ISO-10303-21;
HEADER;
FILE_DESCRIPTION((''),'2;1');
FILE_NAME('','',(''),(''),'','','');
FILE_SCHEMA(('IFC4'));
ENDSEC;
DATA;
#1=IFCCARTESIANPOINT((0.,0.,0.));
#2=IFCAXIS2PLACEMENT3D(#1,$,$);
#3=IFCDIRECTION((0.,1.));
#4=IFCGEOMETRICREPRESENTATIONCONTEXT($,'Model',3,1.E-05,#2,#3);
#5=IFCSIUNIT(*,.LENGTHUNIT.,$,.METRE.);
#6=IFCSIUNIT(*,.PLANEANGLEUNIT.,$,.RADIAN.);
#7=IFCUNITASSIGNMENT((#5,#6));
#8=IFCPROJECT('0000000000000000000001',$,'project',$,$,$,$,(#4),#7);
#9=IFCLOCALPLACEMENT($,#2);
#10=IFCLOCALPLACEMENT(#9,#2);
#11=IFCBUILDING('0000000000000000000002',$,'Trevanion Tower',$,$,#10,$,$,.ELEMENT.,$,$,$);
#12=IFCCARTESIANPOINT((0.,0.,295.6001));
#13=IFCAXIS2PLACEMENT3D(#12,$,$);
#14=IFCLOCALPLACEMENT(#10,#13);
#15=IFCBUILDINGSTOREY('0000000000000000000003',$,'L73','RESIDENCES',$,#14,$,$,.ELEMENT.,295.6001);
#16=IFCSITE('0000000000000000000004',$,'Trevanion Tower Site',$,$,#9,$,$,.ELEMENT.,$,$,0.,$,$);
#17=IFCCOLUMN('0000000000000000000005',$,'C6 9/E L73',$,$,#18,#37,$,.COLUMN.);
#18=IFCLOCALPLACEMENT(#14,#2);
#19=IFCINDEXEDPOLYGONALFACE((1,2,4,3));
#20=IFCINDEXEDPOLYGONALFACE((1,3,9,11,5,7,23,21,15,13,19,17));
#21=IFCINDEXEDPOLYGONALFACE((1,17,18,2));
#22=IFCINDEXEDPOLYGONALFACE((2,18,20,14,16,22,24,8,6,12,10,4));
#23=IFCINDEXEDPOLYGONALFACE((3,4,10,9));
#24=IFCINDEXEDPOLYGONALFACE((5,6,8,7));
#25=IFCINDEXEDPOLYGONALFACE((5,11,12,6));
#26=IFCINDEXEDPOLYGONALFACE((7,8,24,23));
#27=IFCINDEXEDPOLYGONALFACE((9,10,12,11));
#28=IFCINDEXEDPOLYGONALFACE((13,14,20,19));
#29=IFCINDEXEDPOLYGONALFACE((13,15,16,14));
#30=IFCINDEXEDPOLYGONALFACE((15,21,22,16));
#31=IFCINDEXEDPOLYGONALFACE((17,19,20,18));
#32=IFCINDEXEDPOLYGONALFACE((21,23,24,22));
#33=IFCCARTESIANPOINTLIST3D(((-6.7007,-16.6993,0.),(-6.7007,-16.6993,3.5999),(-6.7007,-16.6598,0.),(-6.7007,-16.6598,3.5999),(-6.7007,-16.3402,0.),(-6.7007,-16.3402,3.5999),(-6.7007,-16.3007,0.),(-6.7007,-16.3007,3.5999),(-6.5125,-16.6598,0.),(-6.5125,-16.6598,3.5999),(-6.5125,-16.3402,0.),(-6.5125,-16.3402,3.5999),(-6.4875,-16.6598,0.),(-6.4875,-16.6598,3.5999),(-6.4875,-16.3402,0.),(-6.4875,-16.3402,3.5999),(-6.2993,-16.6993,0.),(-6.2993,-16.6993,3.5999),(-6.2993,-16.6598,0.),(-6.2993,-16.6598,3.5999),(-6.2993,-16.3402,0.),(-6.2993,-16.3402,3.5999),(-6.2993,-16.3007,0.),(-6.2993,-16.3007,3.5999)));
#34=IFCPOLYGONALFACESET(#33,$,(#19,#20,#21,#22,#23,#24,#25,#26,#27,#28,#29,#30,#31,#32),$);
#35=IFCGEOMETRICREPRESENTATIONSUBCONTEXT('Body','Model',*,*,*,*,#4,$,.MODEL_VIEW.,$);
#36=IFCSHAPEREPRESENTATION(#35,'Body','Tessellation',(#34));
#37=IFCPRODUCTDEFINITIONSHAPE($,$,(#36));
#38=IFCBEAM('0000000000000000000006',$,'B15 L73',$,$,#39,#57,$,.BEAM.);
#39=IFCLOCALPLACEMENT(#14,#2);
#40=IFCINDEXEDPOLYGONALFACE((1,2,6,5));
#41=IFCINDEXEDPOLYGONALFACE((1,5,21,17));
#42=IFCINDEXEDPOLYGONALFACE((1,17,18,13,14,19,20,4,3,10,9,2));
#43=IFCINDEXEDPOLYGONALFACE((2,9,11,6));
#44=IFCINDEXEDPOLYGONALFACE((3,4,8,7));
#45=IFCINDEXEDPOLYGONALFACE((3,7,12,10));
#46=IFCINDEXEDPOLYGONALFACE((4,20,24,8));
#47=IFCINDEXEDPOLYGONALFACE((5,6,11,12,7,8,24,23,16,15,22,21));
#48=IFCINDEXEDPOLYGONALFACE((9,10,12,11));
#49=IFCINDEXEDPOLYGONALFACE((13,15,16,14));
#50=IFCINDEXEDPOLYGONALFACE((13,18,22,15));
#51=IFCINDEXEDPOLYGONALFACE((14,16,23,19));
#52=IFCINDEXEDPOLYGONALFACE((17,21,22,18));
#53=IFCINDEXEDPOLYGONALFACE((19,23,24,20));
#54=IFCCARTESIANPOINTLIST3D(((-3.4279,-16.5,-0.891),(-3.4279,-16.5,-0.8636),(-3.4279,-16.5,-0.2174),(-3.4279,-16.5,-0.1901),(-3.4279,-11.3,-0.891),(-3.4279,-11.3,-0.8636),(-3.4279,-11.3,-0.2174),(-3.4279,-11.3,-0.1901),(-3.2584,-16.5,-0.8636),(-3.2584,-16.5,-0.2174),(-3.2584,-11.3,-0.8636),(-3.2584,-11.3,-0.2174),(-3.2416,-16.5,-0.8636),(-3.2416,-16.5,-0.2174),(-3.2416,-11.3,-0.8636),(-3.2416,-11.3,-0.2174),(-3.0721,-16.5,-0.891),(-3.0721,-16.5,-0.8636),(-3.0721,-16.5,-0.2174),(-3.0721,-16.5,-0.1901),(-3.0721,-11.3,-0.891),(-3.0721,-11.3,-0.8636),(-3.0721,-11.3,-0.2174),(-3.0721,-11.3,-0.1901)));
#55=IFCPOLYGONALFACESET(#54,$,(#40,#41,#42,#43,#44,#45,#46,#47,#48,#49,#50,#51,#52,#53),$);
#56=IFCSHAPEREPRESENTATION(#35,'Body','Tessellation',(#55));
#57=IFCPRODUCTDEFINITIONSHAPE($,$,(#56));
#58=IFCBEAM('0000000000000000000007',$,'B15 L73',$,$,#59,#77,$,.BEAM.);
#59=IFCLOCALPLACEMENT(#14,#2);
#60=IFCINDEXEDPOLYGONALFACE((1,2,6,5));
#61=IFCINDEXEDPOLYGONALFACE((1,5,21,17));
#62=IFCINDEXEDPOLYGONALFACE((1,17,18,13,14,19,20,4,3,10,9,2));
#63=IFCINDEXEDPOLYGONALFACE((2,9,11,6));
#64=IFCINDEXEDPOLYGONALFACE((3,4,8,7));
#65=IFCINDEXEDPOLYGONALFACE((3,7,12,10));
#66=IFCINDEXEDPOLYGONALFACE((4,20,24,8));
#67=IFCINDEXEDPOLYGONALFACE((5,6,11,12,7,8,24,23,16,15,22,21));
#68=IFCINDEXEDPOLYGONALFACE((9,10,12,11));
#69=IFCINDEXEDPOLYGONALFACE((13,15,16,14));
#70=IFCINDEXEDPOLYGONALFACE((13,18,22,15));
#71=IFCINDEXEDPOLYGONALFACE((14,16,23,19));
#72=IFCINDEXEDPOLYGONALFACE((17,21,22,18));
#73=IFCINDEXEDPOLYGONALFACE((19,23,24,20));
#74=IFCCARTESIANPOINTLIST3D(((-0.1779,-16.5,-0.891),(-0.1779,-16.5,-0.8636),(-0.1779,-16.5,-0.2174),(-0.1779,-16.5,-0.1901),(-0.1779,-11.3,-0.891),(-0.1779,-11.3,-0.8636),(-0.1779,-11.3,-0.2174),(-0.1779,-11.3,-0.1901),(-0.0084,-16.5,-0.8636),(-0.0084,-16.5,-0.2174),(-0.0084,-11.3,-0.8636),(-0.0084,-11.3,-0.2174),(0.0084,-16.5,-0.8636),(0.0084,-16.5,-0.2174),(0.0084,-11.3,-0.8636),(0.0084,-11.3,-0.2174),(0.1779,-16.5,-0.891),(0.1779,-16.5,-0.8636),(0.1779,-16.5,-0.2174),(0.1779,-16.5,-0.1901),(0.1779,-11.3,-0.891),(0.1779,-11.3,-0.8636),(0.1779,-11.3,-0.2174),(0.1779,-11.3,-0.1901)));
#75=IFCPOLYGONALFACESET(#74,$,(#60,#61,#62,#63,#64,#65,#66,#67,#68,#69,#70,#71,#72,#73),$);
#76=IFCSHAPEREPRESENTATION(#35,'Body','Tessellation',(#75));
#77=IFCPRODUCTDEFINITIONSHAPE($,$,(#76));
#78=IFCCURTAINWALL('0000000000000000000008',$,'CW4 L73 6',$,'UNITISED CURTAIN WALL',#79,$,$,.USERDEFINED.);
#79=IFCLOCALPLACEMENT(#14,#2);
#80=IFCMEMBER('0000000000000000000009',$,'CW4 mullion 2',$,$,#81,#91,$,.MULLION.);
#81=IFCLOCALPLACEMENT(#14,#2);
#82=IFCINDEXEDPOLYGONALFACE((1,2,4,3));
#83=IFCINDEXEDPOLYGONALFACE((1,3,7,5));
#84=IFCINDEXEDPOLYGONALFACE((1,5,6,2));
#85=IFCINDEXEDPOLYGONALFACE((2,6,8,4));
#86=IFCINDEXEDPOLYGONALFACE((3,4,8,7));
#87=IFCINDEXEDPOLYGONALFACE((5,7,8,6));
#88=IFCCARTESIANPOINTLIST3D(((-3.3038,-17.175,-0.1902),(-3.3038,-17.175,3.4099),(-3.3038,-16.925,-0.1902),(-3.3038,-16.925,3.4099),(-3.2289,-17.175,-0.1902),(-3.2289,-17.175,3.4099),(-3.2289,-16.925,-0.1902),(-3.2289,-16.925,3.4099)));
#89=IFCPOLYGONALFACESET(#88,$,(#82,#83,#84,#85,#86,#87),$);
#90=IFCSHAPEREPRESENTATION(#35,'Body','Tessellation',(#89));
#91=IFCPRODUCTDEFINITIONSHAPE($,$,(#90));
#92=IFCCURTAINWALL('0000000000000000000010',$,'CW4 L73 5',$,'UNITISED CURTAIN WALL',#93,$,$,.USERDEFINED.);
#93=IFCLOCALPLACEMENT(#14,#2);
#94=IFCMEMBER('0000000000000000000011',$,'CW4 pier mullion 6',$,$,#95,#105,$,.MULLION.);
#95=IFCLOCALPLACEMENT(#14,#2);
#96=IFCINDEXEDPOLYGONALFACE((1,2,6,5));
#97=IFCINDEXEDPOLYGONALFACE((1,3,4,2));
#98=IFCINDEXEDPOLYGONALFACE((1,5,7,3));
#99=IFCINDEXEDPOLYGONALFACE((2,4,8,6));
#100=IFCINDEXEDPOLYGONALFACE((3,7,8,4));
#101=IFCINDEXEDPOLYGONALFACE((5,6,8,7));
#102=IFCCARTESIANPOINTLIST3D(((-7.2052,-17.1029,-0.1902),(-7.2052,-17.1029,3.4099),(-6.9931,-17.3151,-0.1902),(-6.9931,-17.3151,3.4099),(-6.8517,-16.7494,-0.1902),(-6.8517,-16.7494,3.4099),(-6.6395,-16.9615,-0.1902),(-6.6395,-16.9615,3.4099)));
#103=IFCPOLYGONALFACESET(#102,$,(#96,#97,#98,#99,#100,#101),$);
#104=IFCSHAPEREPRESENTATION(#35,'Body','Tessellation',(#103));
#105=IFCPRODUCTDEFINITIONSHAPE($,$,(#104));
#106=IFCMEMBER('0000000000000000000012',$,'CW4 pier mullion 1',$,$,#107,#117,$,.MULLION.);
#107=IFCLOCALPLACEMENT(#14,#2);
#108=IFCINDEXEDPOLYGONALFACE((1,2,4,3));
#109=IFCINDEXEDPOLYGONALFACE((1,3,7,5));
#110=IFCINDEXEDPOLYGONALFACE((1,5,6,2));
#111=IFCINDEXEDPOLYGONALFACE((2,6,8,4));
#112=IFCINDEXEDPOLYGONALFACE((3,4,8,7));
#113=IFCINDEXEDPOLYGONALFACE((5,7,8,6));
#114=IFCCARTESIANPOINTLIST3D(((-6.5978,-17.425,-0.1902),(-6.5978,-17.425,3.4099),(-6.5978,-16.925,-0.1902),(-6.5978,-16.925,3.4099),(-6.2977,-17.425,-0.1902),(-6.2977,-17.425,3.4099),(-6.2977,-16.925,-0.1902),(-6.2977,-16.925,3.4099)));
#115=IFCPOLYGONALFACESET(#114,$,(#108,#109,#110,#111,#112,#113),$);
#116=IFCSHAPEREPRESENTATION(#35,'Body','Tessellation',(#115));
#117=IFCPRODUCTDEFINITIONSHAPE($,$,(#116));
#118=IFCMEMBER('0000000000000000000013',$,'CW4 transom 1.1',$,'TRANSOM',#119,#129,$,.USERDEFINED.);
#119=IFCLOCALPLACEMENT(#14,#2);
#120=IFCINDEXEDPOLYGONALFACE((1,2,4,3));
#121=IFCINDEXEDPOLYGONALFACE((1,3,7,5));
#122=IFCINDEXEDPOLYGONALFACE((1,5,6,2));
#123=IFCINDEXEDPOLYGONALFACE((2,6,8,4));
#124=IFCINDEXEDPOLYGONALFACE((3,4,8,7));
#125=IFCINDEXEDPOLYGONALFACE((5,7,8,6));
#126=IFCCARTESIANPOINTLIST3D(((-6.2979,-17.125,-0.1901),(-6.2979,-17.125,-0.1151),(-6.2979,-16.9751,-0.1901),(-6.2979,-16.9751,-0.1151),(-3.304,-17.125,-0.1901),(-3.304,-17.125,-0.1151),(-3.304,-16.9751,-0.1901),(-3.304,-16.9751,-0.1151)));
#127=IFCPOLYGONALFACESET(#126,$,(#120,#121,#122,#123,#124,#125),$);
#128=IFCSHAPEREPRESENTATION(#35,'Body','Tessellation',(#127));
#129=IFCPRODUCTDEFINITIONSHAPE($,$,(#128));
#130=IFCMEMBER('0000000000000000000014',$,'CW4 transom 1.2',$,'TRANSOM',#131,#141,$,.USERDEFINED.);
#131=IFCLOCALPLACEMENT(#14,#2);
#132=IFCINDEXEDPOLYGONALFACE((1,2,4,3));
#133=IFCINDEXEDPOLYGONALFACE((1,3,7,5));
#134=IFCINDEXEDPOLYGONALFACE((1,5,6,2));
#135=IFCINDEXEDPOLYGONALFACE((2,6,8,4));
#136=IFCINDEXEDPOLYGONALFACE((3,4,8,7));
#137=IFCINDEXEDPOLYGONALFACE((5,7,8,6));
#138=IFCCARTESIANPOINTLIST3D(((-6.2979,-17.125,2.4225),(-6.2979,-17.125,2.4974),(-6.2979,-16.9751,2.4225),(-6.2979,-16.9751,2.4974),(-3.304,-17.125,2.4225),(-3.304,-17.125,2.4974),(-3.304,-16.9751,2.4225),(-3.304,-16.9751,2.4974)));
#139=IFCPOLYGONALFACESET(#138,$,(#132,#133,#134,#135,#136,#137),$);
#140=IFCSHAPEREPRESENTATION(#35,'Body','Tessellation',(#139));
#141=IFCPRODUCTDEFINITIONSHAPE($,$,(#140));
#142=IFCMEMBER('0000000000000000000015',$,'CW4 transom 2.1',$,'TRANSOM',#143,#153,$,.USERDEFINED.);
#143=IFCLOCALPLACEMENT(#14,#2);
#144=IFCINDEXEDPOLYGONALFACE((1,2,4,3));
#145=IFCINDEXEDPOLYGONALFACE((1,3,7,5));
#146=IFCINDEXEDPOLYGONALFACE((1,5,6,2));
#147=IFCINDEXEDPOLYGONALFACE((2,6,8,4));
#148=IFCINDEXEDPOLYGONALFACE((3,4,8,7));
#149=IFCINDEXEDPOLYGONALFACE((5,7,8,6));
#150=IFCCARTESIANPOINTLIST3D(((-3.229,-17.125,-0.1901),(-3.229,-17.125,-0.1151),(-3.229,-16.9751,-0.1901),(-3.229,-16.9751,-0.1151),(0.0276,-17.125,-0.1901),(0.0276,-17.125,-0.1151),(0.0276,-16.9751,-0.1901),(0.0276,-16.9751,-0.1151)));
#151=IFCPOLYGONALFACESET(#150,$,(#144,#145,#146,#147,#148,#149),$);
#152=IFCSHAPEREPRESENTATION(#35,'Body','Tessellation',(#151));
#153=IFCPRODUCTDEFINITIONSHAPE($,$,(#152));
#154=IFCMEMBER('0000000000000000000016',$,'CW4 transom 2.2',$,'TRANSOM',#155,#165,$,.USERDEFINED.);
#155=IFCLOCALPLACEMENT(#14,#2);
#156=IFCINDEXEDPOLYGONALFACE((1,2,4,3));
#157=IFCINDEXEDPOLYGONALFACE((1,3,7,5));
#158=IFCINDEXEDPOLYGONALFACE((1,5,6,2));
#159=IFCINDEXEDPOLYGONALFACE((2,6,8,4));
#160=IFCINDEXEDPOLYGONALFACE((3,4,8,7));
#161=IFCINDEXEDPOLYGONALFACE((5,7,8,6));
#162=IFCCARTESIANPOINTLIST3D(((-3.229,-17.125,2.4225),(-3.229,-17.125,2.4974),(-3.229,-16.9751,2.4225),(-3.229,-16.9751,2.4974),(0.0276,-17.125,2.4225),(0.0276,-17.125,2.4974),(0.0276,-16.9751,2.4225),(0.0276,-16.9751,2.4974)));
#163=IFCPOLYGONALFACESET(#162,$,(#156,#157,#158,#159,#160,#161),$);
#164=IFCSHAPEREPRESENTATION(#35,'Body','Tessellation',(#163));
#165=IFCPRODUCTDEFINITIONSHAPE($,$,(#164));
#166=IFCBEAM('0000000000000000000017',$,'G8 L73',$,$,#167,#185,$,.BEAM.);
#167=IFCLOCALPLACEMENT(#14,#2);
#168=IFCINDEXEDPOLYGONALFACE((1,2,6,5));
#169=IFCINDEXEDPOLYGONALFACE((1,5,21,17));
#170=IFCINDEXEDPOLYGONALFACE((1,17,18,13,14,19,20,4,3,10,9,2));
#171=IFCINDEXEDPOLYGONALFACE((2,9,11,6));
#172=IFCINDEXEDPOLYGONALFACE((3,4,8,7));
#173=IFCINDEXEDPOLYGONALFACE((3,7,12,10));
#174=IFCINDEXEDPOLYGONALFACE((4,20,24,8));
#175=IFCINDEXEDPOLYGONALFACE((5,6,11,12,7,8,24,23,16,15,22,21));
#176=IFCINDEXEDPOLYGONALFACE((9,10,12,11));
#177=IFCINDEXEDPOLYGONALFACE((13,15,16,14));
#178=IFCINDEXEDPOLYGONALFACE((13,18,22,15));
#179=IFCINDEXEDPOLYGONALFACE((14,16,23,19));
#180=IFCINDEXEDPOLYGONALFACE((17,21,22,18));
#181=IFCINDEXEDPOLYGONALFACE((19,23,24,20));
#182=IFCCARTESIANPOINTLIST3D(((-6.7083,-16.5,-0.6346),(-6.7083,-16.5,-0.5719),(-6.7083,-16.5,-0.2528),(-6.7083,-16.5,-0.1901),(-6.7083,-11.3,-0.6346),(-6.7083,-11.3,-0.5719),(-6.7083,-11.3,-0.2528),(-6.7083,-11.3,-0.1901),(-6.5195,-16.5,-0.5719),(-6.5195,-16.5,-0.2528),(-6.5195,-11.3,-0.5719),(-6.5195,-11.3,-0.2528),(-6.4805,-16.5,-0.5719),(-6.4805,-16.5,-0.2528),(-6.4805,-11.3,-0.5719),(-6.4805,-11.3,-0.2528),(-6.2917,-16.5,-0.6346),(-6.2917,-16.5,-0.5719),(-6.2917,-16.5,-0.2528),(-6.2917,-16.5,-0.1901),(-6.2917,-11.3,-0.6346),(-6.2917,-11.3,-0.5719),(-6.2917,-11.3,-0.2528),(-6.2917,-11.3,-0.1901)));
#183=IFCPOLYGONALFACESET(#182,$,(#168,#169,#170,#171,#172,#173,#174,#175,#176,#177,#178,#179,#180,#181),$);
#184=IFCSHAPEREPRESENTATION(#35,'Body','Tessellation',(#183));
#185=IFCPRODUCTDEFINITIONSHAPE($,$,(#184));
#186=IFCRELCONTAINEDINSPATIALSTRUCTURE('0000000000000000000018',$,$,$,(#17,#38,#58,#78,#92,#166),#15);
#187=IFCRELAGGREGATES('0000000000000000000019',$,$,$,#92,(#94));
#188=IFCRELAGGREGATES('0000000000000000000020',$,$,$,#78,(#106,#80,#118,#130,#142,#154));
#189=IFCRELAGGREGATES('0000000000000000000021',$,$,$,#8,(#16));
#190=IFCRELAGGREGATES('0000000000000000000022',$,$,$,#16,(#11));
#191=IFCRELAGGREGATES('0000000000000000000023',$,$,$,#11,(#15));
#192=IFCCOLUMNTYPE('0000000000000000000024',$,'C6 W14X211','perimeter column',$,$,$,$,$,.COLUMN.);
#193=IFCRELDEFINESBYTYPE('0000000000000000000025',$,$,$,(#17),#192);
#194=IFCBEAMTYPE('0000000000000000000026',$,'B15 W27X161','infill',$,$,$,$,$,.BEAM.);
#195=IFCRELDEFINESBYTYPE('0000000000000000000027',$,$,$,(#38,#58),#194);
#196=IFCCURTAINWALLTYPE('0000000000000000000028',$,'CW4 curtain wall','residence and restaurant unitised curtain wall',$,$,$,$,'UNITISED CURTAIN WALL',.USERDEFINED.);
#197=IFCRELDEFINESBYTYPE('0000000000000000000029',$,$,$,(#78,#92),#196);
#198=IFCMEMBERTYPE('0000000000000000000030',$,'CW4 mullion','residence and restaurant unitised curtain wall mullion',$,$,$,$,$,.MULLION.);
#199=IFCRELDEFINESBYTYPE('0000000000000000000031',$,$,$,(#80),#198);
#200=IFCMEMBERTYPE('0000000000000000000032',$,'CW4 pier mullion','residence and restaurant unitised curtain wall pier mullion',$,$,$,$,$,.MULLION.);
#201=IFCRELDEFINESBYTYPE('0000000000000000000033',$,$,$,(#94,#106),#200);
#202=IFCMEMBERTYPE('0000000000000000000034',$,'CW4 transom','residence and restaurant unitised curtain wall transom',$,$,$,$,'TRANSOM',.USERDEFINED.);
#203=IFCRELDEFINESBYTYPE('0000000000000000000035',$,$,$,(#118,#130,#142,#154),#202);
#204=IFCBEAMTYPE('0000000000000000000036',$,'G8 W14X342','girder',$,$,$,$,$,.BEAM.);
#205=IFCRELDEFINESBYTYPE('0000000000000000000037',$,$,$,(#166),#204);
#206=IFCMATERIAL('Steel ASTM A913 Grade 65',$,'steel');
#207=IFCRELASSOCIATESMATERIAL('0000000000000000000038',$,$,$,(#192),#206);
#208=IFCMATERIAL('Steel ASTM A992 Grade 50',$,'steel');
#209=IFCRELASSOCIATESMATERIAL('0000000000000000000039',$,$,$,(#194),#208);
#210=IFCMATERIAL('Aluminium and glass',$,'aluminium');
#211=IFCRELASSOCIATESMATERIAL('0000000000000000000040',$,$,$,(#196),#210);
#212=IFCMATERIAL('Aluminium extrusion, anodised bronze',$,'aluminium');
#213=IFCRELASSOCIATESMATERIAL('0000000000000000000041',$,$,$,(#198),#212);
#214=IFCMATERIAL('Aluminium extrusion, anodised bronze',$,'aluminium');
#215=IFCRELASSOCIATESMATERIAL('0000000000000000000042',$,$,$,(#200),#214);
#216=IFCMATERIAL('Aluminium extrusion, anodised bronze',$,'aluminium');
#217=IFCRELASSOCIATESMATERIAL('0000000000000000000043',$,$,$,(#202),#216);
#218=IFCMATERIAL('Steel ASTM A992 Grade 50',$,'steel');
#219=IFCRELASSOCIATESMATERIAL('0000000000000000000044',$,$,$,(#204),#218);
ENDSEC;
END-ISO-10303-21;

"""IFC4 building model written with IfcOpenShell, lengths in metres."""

from ifc_helpers import new_model, si_unit, direction, frame, origin, origin_2d, place, context, subcontext, project, spatial, rectangle, i_section, extrude, material, material_profile, profile_set, type_object, element, aggregate, save


model = new_model("IFC4")

# Units and contexts
model_context = context("Model", 3, precision=1e-05, world=origin(), true_north=direction((0.0, 1.0)))
body_context = subcontext(model_context, "Body", "Model", "MODEL_VIEW")
ifc_project = project(units=[si_unit("LENGTHUNIT", "METRE"), si_unit("PLANEANGLEUNIT", "RADIAN")], contexts=[model_context])

# Site, building, storey
site_placement = place(None, origin())
site = spatial("IfcSite", under=ifc_project, at=site_placement, Name="Trevanion Tower Site", CompositionType="ELEMENT", RefElevation=0.0)
building_placement = place(site_placement, origin())
building = spatial("IfcBuilding", under=site, at=building_placement, Name="Trevanion Tower", CompositionType="ELEMENT")
storey_placement = place(building_placement, frame((0.0, 0.0, 295.6001)))
storey = spatial("IfcBuildingStorey", under=building, at=storey_placement, Name="L73", Description="RESIDENCES", CompositionType="ELEMENT", Elevation=295.6001)

# Column
ifc_material_1 = material(Name="Steel ASTM A913 Grade 65", Category="steel")
ifc_material_profile_1 = material_profile(ifc_material_1, i_section(OverallWidth=0.4014, OverallDepth=0.3987, WebThickness=0.0249, FlangeThickness=0.0396, at=origin_2d()), Name="W14X211")
ifc_profile_set_1 = profile_set([ifc_material_profile_1], Name="Steel ASTM A913 Grade 65")
column_type = type_object("IfcColumnType", Name="C6 W14X211", Description="perimeter column", PredefinedType="COLUMN", material=ifc_profile_set_1)
column_placement = place(storey_placement, frame((-6.5, -16.5, 0.0), z_axis=(0.0, 0.0, 1.0), x_axis=(1.0, 0.0, 0.0)))
element("IfcColumn", 1, at=column_placement, inside=storey, type_object=column_type, Name="C6 9/E L73", PredefinedType="COLUMN", context=body_context, shape_type="SweptSolid", body=[
    extrude(i_section(OverallWidth=0.4014, OverallDepth=0.3987, WebThickness=0.0249, FlangeThickness=0.0396, at=origin_2d()), origin(), (0.0, 0.0, 1.0), 3.5999),
])

# Beams
ifc_material_2 = material(Name="Steel ASTM A992 Grade 50", Category="steel")
ifc_material_profile_2 = material_profile(ifc_material_2, i_section(OverallWidth=0.3557, OverallDepth=0.7009, WebThickness=0.0168, FlangeThickness=0.0273, at=origin_2d()), Name="W27X161")
ifc_profile_set_2 = profile_set([ifc_material_profile_2], Name="Steel ASTM A992 Grade 50")
beam_type_1 = type_object("IfcBeamType", Name="B15 W27X161", Description="infill", PredefinedType="BEAM", material=ifc_profile_set_2)
for number, where, z_axis, x_axis, name in (
    (2, (-3.25, -11.3, -0.5405), (0.0, -1.0, 0.0), (1.0, 0.0, 0.0), "B15 L73"),
    (3, (0.0, -11.3, -0.5405), (0.0, -1.0, 0.0), (1.0, 0.0, 0.0), "B15 L73"),
):
    element("IfcBeam", number, at=place(storey_placement, frame(where, z_axis=z_axis, x_axis=x_axis)), inside=storey, type_object=beam_type_1, Name=name, PredefinedType="BEAM", context=body_context, shape_type="SweptSolid", body=[
        extrude(i_section(OverallWidth=0.3557, OverallDepth=0.7009, WebThickness=0.0168, FlangeThickness=0.0273, at=origin_2d()), origin(), (0.0, 0.0, 1.0), 5.2),
    ])

# Curtain walls, members
ifc_material_3 = material(Name="Aluminium and glass", Category="aluminium")
curtain_wall_type = type_object("IfcCurtainWallType", Name="CW4 curtain wall", Description="residence and restaurant unitised curtain wall", ElementType="UNITISED CURTAIN WALL", PredefinedType="USERDEFINED", material=ifc_material_3)
curtain_wall_1_placement = place(storey_placement, origin())
curtain_wall_1 = element("IfcCurtainWall", 4, at=curtain_wall_1_placement, inside=storey, type_object=curtain_wall_type, Name="CW4 L73 6", ObjectType="UNITISED CURTAIN WALL", PredefinedType="USERDEFINED")
ifc_material_4 = material(Name="Aluminium extrusion, anodised bronze", Category="aluminium")
ifc_material_profile_3 = material_profile(ifc_material_4, rectangle(XDim=0.075, YDim=0.25, at=origin_2d()), Name="CW4 mullion")
ifc_profile_set_3 = profile_set([ifc_material_profile_3], Name="Aluminium extrusion, anodised bronze")
member_type_1 = type_object("IfcMemberType", Name="CW4 mullion", Description="residence and restaurant unitised curtain wall mullion", PredefinedType="MULLION", material=ifc_profile_set_3)
member_1_placement = place(storey_placement, frame((-3.2664, -17.05, -0.1902), z_axis=(0.0, 0.0, 1.0), x_axis=(1.0, 0.0, 0.0)))
member_1 = element("IfcMember", 5, at=member_1_placement, type_object=member_type_1, Name="CW4 mullion 2", PredefinedType="MULLION", context=body_context, shape_type="SweptSolid", body=[
    extrude(rectangle(XDim=0.075, YDim=0.25, at=origin_2d()), origin(), (0.0, 0.0, 1.0), 3.6001),
])
curtain_wall_2_placement = place(storey_placement, origin())
curtain_wall_2 = element("IfcCurtainWall", 6, at=curtain_wall_2_placement, inside=storey, type_object=curtain_wall_type, Name="CW4 L73 5", ObjectType="UNITISED CURTAIN WALL", PredefinedType="USERDEFINED")
ifc_material_5 = material(Name="Aluminium extrusion, anodised bronze", Category="aluminium")
ifc_material_profile_4 = material_profile(ifc_material_5, rectangle(XDim=0.3, YDim=0.5, at=origin_2d()), Name="CW4 pier mullion")
ifc_profile_set_4 = profile_set([ifc_material_profile_4], Name="Aluminium extrusion, anodised bronze")
member_type_2 = type_object("IfcMemberType", Name="CW4 pier mullion", Description="residence and restaurant unitised curtain wall pier mullion", PredefinedType="MULLION", material=ifc_profile_set_4)
member_2_placement = place(storey_placement, frame((-6.9224, -17.0322, -0.1902), z_axis=(0.0, 0.0, 1.0), x_axis=(0.707107, -0.707107, 0.0)))
member_2 = element("IfcMember", 7, at=member_2_placement, type_object=member_type_2, Name="CW4 pier mullion 6", PredefinedType="MULLION", context=body_context, shape_type="SweptSolid", body=[
    extrude(rectangle(XDim=0.3, YDim=0.5, at=origin_2d()), origin(), (0.0, 0.0, 1.0), 3.6001),
])

# Members
member_3_placement = place(storey_placement, frame((-6.4478, -17.175, -0.1902), z_axis=(0.0, 0.0, 1.0), x_axis=(1.0, 0.0, 0.0)))
member_3 = element("IfcMember", 8, at=member_3_placement, type_object=member_type_2, Name="CW4 pier mullion 1", PredefinedType="MULLION", context=body_context, shape_type="SweptSolid", body=[
    extrude(rectangle(XDim=0.3, YDim=0.5, at=origin_2d()), origin(), (0.0, 0.0, 1.0), 3.6001),
])
ifc_material_6 = material(Name="Aluminium extrusion, anodised bronze", Category="aluminium")
ifc_material_profile_5 = material_profile(ifc_material_6, rectangle(XDim=0.1499, YDim=0.075, at=origin_2d()), Name="CW4 transom")
ifc_profile_set_5 = profile_set([ifc_material_profile_5], Name="Aluminium extrusion, anodised bronze")
member_type_3 = type_object("IfcMemberType", Name="CW4 transom", Description="residence and restaurant unitised curtain wall transom", ElementType="TRANSOM", PredefinedType="USERDEFINED", material=ifc_profile_set_5)
member_4_placement = place(storey_placement, frame((-6.2979, -17.05, -0.1526), z_axis=(1.0, 0.0, 0.0), x_axis=(0.0, 1.0, 0.0)))
member_4 = element("IfcMember", 9, at=member_4_placement, type_object=member_type_3, Name="CW4 transom 1.1", ObjectType="TRANSOM", PredefinedType="USERDEFINED", context=body_context, shape_type="SweptSolid", body=[
    extrude(rectangle(XDim=0.1499, YDim=0.075, at=origin_2d()), origin(), (0.0, 0.0, 1.0), 2.9939),
])
member_5_placement = place(storey_placement, frame((-6.2979, -17.05, 2.46), z_axis=(1.0, 0.0, 0.0), x_axis=(0.0, 1.0, 0.0)))
member_5 = element("IfcMember", 10, at=member_5_placement, type_object=member_type_3, Name="CW4 transom 1.2", ObjectType="TRANSOM", PredefinedType="USERDEFINED", context=body_context, shape_type="SweptSolid", body=[
    extrude(rectangle(XDim=0.1499, YDim=0.075, at=origin_2d()), origin(), (0.0, 0.0, 1.0), 2.9939),
])
member_6_placement = place(storey_placement, frame((-3.229, -17.05, -0.1526), z_axis=(1.0, 0.0, 0.0), x_axis=(0.0, 1.0, 0.0)))
member_6 = element("IfcMember", 11, at=member_6_placement, type_object=member_type_3, Name="CW4 transom 2.1", ObjectType="TRANSOM", PredefinedType="USERDEFINED", context=body_context, shape_type="SweptSolid", body=[
    extrude(rectangle(XDim=0.1499, YDim=0.075, at=origin_2d()), origin(), (0.0, 0.0, 1.0), 3.2566),
])
member_7_placement = place(storey_placement, frame((-3.229, -17.05, 2.46), z_axis=(1.0, 0.0, 0.0), x_axis=(0.0, 1.0, 0.0)))
member_7 = element("IfcMember", 12, at=member_7_placement, type_object=member_type_3, Name="CW4 transom 2.2", ObjectType="TRANSOM", PredefinedType="USERDEFINED", context=body_context, shape_type="SweptSolid", body=[
    extrude(rectangle(XDim=0.1499, YDim=0.075, at=origin_2d()), origin(), (0.0, 0.0, 1.0), 3.2566),
])

# Beam
ifc_material_7 = material(Name="Steel ASTM A992 Grade 50", Category="steel")
ifc_material_profile_6 = material_profile(ifc_material_7, i_section(OverallWidth=0.4165, OverallDepth=0.4446, WebThickness=0.0391, FlangeThickness=0.0627, at=origin_2d()), Name="W14X342")
ifc_profile_set_6 = profile_set([ifc_material_profile_6], Name="Steel ASTM A992 Grade 50")
beam_type_2 = type_object("IfcBeamType", Name="G8 W14X342", Description="girder", PredefinedType="BEAM", material=ifc_profile_set_6)
beam_1_placement = place(storey_placement, frame((-6.5, -11.3, -0.4124), z_axis=(0.0, -1.0, 0.0), x_axis=(1.0, 0.0, 0.0)))
element("IfcBeam", 13, at=beam_1_placement, inside=storey, type_object=beam_type_2, Name="G8 L73", PredefinedType="BEAM", context=body_context, shape_type="SweptSolid", body=[
    extrude(i_section(OverallWidth=0.4165, OverallDepth=0.4446, WebThickness=0.0391, FlangeThickness=0.0627, at=origin_2d()), origin(), (0.0, 0.0, 1.0), 5.2),
])

aggregate(curtain_wall_2, [member_2])
aggregate(curtain_wall_1, [member_3, member_1, member_4, member_5, member_6, member_7])

save(model, "model.ifc")
